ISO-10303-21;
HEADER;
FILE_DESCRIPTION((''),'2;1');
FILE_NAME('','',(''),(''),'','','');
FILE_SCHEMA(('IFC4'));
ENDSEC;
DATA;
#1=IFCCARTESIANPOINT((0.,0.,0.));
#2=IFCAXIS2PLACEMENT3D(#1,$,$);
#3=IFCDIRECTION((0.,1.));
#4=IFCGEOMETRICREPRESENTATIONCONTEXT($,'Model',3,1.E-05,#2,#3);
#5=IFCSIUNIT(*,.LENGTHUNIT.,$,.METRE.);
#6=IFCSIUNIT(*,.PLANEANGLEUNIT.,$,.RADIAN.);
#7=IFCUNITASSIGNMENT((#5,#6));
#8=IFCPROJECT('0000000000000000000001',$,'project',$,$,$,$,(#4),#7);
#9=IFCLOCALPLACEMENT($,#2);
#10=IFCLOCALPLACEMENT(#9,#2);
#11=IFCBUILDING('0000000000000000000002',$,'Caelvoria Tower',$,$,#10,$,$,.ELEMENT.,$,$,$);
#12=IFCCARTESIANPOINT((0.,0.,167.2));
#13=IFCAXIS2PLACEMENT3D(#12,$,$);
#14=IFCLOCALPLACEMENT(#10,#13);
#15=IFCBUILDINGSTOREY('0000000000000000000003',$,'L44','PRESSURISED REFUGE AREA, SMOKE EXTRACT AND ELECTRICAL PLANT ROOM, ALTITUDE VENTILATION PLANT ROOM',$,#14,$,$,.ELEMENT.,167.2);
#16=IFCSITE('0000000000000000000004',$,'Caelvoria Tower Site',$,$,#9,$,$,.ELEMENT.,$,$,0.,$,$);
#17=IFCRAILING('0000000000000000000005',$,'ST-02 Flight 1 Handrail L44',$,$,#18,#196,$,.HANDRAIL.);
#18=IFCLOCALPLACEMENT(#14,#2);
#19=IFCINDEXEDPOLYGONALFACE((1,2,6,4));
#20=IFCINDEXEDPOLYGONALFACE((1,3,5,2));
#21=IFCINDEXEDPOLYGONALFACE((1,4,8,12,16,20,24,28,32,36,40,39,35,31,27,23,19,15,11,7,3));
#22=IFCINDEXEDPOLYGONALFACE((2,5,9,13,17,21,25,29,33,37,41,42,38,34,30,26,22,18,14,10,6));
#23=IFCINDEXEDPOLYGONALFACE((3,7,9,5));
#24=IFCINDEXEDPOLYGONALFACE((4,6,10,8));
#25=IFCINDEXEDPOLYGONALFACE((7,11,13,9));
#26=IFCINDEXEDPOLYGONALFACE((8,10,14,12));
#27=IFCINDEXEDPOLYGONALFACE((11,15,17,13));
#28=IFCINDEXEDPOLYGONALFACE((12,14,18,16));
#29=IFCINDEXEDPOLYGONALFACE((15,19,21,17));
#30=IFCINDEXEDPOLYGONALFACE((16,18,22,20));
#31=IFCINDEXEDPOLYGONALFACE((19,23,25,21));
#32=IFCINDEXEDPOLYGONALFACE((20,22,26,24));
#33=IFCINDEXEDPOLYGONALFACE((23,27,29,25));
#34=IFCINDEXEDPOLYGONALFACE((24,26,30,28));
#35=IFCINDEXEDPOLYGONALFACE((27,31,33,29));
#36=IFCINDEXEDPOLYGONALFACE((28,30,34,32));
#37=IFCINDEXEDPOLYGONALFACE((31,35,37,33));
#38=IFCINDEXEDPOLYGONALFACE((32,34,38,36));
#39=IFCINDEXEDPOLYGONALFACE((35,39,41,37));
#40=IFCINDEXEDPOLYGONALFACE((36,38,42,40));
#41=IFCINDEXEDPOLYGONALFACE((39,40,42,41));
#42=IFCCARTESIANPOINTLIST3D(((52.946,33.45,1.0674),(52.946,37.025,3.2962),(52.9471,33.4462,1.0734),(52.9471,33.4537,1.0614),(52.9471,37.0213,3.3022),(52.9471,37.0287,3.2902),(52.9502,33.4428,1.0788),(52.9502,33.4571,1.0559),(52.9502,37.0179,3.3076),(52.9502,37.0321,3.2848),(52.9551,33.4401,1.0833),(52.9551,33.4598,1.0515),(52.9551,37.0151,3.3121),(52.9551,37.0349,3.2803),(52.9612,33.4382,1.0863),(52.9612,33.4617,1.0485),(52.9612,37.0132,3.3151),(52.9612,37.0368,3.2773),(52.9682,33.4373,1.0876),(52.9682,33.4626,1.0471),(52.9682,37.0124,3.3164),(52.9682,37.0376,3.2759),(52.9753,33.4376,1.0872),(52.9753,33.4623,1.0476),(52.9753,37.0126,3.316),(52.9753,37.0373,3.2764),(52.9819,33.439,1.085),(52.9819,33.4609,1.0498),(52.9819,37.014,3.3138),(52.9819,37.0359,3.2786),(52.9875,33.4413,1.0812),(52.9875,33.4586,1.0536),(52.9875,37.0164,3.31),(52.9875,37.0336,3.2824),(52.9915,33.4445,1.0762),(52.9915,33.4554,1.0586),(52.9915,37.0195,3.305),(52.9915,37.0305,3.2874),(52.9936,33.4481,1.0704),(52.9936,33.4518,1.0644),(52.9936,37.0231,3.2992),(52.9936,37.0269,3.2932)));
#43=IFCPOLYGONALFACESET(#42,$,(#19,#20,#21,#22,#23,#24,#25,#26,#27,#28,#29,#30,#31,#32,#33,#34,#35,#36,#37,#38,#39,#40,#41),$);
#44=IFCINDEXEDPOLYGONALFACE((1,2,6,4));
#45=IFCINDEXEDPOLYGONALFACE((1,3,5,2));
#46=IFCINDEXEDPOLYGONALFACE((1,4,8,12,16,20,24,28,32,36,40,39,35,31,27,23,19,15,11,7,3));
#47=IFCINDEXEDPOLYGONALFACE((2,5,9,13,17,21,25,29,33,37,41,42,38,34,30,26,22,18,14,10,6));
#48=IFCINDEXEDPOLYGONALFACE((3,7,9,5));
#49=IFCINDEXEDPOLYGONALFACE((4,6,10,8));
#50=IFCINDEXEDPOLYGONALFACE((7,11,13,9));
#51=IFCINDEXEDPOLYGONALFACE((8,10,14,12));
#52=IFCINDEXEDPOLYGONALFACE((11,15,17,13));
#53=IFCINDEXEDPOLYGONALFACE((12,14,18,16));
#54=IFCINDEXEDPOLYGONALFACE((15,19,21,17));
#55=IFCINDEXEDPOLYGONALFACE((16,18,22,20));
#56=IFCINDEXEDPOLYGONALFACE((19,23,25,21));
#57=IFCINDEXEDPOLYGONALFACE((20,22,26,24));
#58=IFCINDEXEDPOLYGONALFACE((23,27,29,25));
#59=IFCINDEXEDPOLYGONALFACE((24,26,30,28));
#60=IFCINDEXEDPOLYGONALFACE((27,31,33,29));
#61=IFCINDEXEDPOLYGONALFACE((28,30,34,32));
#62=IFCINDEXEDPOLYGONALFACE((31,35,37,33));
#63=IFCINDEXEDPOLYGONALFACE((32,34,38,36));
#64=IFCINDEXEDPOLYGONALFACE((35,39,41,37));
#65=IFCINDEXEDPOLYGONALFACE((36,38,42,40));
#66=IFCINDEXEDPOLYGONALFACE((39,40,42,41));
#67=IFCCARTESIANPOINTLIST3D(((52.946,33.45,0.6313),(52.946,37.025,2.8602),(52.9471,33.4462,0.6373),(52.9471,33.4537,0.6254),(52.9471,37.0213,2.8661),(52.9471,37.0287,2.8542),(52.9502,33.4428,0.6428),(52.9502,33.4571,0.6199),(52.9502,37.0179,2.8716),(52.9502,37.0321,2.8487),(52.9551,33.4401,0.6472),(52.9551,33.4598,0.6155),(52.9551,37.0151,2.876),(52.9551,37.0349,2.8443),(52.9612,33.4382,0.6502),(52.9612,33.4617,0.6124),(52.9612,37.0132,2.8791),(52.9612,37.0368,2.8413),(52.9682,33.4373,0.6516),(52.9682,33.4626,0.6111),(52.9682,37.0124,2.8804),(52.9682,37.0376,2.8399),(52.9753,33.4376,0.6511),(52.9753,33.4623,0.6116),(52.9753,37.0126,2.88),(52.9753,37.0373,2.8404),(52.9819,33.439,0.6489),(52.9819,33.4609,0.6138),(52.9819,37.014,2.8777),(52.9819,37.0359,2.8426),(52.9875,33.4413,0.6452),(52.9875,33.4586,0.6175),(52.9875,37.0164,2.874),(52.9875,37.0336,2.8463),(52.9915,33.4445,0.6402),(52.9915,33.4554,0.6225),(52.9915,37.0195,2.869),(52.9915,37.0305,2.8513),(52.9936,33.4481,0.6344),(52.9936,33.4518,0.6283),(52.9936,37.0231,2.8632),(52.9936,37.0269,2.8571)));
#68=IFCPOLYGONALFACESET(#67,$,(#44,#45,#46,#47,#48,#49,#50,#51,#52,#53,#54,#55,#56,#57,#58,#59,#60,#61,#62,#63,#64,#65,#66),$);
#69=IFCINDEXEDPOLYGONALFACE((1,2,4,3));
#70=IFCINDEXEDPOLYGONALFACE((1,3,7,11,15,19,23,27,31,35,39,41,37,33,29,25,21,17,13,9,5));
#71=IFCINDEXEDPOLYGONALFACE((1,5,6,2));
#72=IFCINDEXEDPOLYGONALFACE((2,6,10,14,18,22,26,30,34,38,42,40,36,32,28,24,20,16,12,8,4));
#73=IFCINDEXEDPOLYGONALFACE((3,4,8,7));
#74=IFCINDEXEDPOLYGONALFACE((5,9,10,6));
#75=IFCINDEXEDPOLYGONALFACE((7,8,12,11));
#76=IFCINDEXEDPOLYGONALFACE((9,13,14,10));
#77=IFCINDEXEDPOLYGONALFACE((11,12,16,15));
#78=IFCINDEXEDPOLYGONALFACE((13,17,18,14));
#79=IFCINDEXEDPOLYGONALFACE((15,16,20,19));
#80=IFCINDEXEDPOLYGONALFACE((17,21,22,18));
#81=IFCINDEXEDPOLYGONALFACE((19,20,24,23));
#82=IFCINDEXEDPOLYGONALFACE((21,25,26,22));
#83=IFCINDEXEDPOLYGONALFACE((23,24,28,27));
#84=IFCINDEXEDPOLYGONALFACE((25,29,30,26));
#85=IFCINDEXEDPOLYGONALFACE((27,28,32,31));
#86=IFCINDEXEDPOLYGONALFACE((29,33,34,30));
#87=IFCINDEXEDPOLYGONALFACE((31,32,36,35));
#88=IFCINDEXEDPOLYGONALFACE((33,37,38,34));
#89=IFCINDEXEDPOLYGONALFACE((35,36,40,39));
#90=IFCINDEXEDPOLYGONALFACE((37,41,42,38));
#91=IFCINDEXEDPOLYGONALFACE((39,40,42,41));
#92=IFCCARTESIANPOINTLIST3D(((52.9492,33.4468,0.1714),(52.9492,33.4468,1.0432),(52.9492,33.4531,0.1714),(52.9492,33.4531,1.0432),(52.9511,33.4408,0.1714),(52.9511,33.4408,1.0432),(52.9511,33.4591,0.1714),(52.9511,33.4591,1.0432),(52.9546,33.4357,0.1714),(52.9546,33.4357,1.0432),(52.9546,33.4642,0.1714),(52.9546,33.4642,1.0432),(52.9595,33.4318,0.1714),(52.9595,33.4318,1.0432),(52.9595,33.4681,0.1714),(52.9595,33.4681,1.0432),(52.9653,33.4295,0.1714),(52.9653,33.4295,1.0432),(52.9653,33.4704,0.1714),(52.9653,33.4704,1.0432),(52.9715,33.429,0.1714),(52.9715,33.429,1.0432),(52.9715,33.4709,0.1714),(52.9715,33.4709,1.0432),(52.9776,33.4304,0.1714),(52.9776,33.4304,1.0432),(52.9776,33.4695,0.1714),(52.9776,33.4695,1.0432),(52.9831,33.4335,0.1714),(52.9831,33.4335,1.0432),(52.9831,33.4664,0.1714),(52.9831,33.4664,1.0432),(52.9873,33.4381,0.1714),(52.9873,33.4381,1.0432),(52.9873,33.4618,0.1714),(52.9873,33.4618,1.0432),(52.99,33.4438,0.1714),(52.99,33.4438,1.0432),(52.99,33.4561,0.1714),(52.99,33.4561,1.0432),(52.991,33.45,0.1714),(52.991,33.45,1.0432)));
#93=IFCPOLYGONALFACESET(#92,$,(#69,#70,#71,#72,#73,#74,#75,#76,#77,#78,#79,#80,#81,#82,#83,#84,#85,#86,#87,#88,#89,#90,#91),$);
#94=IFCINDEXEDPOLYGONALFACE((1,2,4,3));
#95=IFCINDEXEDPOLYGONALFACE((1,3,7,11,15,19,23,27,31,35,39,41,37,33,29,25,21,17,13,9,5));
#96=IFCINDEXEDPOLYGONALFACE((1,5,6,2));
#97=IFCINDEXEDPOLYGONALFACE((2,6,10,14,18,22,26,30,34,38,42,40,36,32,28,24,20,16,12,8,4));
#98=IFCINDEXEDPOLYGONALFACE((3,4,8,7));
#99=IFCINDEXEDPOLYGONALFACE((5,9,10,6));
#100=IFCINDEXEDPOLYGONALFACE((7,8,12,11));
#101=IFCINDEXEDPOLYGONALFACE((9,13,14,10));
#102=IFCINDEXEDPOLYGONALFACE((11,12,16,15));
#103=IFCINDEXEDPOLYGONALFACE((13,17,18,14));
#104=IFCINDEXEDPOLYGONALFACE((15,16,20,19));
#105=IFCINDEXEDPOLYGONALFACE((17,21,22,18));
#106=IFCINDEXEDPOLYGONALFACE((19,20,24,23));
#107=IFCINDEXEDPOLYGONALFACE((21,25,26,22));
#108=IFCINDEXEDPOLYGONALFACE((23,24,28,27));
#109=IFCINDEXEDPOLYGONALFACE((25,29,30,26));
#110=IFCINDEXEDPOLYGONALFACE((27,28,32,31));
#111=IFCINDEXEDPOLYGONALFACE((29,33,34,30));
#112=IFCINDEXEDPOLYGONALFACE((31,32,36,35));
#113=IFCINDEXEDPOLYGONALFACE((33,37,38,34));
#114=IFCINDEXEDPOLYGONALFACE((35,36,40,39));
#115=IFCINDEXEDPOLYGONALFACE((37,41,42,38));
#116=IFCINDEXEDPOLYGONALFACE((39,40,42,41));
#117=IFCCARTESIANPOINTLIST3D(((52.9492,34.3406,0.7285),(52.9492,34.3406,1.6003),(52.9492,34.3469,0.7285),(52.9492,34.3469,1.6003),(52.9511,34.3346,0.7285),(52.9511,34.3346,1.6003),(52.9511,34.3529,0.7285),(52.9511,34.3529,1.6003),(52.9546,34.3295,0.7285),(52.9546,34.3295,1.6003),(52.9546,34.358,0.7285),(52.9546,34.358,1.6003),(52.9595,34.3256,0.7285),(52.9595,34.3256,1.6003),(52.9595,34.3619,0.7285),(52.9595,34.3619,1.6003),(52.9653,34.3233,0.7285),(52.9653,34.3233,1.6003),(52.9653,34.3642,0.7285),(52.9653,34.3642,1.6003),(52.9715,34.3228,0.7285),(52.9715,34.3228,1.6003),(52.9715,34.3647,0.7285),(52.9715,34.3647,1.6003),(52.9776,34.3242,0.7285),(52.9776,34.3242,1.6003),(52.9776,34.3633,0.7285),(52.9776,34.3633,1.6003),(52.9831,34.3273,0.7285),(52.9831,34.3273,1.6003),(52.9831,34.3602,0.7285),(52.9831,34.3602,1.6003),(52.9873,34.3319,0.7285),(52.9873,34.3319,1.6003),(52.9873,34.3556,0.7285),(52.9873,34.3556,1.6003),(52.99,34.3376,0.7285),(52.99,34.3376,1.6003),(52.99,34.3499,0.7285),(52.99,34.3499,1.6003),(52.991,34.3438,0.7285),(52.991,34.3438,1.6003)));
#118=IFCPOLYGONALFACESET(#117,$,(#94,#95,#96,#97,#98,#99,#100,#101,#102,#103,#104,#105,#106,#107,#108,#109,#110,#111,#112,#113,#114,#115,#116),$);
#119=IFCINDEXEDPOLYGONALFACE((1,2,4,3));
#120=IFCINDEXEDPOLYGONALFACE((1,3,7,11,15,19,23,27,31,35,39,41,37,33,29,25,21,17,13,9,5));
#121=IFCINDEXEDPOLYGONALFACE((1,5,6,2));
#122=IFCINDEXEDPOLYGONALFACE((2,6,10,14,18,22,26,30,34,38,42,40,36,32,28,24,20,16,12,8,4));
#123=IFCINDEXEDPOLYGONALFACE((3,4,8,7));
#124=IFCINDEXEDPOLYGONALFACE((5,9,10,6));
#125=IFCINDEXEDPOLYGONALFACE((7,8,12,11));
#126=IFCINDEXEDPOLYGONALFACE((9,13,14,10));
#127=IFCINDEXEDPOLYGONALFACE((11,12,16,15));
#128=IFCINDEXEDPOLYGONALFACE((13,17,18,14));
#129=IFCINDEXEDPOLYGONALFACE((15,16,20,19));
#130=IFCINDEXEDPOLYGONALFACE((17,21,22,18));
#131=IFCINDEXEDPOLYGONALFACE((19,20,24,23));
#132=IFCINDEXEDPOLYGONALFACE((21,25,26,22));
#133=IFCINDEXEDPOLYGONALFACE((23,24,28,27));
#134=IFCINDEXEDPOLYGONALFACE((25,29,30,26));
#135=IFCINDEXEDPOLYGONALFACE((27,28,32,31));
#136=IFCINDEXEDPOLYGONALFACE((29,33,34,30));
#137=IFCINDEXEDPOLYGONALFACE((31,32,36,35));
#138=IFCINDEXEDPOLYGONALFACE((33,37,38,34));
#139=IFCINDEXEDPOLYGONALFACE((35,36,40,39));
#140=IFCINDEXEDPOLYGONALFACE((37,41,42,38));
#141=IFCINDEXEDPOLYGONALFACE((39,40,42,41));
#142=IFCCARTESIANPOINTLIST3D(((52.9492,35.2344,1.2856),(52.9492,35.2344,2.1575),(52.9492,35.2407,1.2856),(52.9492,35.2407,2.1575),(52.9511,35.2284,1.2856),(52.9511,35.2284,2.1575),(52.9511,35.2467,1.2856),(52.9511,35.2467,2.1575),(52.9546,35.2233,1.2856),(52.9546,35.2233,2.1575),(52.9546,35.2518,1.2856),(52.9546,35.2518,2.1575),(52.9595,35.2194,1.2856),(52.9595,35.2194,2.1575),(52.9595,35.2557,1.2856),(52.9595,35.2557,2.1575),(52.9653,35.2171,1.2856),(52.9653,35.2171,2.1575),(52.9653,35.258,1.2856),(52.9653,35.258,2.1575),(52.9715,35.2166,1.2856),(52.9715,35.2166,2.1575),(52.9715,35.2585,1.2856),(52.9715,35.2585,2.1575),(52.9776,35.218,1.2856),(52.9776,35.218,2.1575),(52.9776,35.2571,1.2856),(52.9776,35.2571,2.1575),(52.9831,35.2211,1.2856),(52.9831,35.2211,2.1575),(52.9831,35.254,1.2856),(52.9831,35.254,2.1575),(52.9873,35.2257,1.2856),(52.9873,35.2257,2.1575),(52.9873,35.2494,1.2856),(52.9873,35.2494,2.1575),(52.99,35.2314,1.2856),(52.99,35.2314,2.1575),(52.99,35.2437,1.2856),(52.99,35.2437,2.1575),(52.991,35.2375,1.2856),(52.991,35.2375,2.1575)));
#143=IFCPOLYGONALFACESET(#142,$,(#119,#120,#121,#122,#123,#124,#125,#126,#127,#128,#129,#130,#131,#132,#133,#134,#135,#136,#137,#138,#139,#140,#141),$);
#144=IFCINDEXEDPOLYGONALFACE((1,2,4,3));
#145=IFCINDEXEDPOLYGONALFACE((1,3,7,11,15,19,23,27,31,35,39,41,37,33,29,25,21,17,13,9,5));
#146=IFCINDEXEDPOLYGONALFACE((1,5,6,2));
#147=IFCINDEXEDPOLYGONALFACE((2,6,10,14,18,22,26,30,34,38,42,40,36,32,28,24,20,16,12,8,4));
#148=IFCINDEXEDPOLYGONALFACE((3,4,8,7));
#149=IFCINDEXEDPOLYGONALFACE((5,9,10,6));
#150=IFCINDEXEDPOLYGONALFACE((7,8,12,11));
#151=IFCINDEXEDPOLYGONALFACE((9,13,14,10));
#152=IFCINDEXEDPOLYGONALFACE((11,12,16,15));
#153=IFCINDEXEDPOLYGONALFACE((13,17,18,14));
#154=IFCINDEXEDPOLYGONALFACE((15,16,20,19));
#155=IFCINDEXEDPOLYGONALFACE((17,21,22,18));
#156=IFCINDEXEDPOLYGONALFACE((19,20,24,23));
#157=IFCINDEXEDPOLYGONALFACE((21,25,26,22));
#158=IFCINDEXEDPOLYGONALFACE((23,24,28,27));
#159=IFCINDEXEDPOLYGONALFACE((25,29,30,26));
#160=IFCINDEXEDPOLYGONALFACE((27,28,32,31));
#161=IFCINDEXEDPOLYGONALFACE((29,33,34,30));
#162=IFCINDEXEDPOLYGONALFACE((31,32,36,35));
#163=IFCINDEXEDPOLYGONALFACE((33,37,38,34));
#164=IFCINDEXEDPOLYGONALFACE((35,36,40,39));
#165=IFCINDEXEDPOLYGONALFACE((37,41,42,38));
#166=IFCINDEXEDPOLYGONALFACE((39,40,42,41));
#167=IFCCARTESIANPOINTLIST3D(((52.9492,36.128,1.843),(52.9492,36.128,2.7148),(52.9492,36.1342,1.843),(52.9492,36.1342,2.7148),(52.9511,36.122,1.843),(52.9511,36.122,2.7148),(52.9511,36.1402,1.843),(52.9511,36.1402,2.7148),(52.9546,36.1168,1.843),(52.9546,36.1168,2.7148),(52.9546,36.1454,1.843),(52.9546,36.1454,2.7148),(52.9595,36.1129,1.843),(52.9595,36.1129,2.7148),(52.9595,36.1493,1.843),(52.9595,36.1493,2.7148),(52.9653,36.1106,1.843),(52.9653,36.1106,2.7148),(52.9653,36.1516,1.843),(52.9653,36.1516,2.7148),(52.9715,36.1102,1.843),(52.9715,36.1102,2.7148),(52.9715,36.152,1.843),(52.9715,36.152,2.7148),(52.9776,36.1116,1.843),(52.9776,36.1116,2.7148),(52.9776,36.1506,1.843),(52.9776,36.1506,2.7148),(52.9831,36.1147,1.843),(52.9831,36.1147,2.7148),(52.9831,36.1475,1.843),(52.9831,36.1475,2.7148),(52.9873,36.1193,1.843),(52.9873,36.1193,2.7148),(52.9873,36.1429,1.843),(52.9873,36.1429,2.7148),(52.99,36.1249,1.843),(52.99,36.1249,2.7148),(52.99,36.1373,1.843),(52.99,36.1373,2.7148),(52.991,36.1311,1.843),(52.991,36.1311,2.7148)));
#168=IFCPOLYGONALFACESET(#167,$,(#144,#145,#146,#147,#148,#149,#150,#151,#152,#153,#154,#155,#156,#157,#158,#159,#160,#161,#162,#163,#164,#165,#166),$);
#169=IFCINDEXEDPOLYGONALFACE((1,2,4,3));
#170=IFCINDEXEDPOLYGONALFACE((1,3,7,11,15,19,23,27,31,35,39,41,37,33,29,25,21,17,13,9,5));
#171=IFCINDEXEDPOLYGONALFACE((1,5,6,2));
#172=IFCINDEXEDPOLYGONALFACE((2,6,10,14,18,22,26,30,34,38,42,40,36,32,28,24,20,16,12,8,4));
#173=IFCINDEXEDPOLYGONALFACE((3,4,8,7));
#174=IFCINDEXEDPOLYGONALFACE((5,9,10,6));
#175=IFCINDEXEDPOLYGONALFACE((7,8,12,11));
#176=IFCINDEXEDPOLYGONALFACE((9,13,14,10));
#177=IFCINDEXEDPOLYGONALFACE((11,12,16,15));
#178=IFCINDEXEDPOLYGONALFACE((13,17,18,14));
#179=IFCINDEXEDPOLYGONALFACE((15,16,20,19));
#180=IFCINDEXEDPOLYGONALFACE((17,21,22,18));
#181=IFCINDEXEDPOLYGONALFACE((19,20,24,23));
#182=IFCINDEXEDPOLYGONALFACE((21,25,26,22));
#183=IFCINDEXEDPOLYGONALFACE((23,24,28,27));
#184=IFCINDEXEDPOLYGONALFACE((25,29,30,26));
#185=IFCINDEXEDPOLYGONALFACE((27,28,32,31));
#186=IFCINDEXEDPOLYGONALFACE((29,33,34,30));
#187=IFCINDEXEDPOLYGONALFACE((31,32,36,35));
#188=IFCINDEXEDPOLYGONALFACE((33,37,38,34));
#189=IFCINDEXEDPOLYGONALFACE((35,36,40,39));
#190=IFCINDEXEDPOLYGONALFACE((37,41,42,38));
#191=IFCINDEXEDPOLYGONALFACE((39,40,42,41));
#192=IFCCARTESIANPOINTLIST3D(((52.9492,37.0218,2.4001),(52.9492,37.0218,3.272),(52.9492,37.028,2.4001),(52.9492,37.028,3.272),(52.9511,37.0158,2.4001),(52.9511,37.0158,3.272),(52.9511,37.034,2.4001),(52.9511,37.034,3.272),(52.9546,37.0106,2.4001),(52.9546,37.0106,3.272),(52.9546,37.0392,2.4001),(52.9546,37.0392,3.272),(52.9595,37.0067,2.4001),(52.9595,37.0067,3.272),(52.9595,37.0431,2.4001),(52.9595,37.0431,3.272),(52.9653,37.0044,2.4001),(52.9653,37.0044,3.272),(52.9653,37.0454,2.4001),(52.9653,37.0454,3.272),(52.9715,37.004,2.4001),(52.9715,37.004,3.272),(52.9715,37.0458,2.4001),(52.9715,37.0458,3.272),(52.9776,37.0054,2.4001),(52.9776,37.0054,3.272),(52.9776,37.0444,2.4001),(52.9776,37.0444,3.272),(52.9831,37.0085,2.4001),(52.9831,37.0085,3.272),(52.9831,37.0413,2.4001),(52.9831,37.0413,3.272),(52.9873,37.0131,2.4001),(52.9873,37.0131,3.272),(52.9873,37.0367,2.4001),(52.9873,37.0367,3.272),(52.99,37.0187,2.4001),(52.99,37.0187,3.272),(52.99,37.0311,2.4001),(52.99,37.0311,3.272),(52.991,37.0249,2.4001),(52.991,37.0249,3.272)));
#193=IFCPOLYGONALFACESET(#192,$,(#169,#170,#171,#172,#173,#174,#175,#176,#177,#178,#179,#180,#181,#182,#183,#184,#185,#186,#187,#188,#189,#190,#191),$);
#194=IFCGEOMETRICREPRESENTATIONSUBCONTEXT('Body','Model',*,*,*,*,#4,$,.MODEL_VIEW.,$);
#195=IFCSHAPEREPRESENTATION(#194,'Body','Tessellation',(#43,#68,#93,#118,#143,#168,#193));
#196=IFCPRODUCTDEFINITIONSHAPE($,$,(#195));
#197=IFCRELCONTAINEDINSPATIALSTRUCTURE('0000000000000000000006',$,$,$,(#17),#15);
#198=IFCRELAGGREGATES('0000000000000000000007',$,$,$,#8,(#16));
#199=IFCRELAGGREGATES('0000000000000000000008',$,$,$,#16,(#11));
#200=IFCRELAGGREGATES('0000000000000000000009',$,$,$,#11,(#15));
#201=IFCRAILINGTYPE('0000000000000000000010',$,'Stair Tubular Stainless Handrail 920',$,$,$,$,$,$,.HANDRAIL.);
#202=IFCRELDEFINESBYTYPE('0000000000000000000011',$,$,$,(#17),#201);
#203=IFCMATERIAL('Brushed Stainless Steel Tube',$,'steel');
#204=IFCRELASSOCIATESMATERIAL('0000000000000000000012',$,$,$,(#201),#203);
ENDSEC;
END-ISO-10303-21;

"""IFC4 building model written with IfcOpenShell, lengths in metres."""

from ifc_helpers import new_model, si_unit, direction, frame, origin, origin_2d, place, context, subcontext, project, spatial, circle, extrude, material, type_object, element, save


model = new_model("IFC4")

# Units and contexts
model_context = context("Model", 3, precision=1e-05, world=origin(), true_north=direction((0.0, 1.0)))
body_context = subcontext(model_context, "Body", "Model", "MODEL_VIEW")
ifc_project = project(units=[si_unit("LENGTHUNIT", "METRE"), si_unit("PLANEANGLEUNIT", "RADIAN")], contexts=[model_context])

# Site, building, storey
site_placement = place(None, origin())
site = spatial("IfcSite", under=ifc_project, at=site_placement, Name="Caelvoria Tower Site", CompositionType="ELEMENT", RefElevation=0.0)
building_placement = place(site_placement, origin())
building = spatial("IfcBuilding", under=site, at=building_placement, Name="Caelvoria Tower", CompositionType="ELEMENT")
storey_placement = place(building_placement, frame((0.0, 0.0, 167.2)))
storey = spatial("IfcBuildingStorey", under=building, at=storey_placement, Name="L44", Description="PRESSURISED REFUGE AREA, SMOKE EXTRACT AND ELECTRICAL PLANT ROOM, ALTITUDE VENTILATION PLANT ROOM", CompositionType="ELEMENT", Elevation=167.2)

# Railing
ifc_material_1 = material(Name="Brushed Stainless Steel Tube", Category="steel")
railing_type_1 = type_object("IfcRailingType", Name="Stair Tubular Stainless Handrail 920", PredefinedType="HANDRAIL", material=ifc_material_1)
railing_1_placement = place(storey_placement, frame((52.97, 33.45, 0.1714)))
element("IfcRailing", 1, at=railing_1_placement, inside=storey, type_object=railing_type_1, Name="ST-02 Flight 1 Handrail L44", PredefinedType="HANDRAIL", context=body_context, shape_type="SweptSolid", body=[
    extrude(circle(Radius=0.0239, at=origin_2d()), frame((0.0, 0.0, 0.896), z_axis=(0.0, 0.848594, 0.529045), x_axis=(-1.0, 0.0, 0.0)), (0.0, 0.0, 1.0), 4.2129),
    extrude(circle(Radius=0.0239, at=origin_2d()), frame((0.0, 0.0, 0.46), z_axis=(0.0, 0.848594, 0.529045), x_axis=(-1.0, 0.0, 0.0)), (0.0, 0.0, 1.0), 4.2129),
    extrude(circle(Radius=0.021, at=origin_2d()), origin(), (0.0, 0.0, 1.0), 0.8718),
    extrude(circle(Radius=0.021, at=origin_2d()), frame((0.0, 0.8938, 0.5571)), (0.0, 0.0, 1.0), 0.8718),
    extrude(circle(Radius=0.021, at=origin_2d()), frame((0.0, 1.7876, 1.1143)), (0.0, 0.0, 1.0), 0.8718),
    extrude(circle(Radius=0.021, at=origin_2d()), frame((0.0, 2.6812, 1.6716)), (0.0, 0.0, 1.0), 0.8718),
    extrude(circle(Radius=0.021, at=origin_2d()), frame((0.0, 3.575, 2.2288)), (0.0, 0.0, 1.0), 0.8718),
])

save(model, "model.ifc")
